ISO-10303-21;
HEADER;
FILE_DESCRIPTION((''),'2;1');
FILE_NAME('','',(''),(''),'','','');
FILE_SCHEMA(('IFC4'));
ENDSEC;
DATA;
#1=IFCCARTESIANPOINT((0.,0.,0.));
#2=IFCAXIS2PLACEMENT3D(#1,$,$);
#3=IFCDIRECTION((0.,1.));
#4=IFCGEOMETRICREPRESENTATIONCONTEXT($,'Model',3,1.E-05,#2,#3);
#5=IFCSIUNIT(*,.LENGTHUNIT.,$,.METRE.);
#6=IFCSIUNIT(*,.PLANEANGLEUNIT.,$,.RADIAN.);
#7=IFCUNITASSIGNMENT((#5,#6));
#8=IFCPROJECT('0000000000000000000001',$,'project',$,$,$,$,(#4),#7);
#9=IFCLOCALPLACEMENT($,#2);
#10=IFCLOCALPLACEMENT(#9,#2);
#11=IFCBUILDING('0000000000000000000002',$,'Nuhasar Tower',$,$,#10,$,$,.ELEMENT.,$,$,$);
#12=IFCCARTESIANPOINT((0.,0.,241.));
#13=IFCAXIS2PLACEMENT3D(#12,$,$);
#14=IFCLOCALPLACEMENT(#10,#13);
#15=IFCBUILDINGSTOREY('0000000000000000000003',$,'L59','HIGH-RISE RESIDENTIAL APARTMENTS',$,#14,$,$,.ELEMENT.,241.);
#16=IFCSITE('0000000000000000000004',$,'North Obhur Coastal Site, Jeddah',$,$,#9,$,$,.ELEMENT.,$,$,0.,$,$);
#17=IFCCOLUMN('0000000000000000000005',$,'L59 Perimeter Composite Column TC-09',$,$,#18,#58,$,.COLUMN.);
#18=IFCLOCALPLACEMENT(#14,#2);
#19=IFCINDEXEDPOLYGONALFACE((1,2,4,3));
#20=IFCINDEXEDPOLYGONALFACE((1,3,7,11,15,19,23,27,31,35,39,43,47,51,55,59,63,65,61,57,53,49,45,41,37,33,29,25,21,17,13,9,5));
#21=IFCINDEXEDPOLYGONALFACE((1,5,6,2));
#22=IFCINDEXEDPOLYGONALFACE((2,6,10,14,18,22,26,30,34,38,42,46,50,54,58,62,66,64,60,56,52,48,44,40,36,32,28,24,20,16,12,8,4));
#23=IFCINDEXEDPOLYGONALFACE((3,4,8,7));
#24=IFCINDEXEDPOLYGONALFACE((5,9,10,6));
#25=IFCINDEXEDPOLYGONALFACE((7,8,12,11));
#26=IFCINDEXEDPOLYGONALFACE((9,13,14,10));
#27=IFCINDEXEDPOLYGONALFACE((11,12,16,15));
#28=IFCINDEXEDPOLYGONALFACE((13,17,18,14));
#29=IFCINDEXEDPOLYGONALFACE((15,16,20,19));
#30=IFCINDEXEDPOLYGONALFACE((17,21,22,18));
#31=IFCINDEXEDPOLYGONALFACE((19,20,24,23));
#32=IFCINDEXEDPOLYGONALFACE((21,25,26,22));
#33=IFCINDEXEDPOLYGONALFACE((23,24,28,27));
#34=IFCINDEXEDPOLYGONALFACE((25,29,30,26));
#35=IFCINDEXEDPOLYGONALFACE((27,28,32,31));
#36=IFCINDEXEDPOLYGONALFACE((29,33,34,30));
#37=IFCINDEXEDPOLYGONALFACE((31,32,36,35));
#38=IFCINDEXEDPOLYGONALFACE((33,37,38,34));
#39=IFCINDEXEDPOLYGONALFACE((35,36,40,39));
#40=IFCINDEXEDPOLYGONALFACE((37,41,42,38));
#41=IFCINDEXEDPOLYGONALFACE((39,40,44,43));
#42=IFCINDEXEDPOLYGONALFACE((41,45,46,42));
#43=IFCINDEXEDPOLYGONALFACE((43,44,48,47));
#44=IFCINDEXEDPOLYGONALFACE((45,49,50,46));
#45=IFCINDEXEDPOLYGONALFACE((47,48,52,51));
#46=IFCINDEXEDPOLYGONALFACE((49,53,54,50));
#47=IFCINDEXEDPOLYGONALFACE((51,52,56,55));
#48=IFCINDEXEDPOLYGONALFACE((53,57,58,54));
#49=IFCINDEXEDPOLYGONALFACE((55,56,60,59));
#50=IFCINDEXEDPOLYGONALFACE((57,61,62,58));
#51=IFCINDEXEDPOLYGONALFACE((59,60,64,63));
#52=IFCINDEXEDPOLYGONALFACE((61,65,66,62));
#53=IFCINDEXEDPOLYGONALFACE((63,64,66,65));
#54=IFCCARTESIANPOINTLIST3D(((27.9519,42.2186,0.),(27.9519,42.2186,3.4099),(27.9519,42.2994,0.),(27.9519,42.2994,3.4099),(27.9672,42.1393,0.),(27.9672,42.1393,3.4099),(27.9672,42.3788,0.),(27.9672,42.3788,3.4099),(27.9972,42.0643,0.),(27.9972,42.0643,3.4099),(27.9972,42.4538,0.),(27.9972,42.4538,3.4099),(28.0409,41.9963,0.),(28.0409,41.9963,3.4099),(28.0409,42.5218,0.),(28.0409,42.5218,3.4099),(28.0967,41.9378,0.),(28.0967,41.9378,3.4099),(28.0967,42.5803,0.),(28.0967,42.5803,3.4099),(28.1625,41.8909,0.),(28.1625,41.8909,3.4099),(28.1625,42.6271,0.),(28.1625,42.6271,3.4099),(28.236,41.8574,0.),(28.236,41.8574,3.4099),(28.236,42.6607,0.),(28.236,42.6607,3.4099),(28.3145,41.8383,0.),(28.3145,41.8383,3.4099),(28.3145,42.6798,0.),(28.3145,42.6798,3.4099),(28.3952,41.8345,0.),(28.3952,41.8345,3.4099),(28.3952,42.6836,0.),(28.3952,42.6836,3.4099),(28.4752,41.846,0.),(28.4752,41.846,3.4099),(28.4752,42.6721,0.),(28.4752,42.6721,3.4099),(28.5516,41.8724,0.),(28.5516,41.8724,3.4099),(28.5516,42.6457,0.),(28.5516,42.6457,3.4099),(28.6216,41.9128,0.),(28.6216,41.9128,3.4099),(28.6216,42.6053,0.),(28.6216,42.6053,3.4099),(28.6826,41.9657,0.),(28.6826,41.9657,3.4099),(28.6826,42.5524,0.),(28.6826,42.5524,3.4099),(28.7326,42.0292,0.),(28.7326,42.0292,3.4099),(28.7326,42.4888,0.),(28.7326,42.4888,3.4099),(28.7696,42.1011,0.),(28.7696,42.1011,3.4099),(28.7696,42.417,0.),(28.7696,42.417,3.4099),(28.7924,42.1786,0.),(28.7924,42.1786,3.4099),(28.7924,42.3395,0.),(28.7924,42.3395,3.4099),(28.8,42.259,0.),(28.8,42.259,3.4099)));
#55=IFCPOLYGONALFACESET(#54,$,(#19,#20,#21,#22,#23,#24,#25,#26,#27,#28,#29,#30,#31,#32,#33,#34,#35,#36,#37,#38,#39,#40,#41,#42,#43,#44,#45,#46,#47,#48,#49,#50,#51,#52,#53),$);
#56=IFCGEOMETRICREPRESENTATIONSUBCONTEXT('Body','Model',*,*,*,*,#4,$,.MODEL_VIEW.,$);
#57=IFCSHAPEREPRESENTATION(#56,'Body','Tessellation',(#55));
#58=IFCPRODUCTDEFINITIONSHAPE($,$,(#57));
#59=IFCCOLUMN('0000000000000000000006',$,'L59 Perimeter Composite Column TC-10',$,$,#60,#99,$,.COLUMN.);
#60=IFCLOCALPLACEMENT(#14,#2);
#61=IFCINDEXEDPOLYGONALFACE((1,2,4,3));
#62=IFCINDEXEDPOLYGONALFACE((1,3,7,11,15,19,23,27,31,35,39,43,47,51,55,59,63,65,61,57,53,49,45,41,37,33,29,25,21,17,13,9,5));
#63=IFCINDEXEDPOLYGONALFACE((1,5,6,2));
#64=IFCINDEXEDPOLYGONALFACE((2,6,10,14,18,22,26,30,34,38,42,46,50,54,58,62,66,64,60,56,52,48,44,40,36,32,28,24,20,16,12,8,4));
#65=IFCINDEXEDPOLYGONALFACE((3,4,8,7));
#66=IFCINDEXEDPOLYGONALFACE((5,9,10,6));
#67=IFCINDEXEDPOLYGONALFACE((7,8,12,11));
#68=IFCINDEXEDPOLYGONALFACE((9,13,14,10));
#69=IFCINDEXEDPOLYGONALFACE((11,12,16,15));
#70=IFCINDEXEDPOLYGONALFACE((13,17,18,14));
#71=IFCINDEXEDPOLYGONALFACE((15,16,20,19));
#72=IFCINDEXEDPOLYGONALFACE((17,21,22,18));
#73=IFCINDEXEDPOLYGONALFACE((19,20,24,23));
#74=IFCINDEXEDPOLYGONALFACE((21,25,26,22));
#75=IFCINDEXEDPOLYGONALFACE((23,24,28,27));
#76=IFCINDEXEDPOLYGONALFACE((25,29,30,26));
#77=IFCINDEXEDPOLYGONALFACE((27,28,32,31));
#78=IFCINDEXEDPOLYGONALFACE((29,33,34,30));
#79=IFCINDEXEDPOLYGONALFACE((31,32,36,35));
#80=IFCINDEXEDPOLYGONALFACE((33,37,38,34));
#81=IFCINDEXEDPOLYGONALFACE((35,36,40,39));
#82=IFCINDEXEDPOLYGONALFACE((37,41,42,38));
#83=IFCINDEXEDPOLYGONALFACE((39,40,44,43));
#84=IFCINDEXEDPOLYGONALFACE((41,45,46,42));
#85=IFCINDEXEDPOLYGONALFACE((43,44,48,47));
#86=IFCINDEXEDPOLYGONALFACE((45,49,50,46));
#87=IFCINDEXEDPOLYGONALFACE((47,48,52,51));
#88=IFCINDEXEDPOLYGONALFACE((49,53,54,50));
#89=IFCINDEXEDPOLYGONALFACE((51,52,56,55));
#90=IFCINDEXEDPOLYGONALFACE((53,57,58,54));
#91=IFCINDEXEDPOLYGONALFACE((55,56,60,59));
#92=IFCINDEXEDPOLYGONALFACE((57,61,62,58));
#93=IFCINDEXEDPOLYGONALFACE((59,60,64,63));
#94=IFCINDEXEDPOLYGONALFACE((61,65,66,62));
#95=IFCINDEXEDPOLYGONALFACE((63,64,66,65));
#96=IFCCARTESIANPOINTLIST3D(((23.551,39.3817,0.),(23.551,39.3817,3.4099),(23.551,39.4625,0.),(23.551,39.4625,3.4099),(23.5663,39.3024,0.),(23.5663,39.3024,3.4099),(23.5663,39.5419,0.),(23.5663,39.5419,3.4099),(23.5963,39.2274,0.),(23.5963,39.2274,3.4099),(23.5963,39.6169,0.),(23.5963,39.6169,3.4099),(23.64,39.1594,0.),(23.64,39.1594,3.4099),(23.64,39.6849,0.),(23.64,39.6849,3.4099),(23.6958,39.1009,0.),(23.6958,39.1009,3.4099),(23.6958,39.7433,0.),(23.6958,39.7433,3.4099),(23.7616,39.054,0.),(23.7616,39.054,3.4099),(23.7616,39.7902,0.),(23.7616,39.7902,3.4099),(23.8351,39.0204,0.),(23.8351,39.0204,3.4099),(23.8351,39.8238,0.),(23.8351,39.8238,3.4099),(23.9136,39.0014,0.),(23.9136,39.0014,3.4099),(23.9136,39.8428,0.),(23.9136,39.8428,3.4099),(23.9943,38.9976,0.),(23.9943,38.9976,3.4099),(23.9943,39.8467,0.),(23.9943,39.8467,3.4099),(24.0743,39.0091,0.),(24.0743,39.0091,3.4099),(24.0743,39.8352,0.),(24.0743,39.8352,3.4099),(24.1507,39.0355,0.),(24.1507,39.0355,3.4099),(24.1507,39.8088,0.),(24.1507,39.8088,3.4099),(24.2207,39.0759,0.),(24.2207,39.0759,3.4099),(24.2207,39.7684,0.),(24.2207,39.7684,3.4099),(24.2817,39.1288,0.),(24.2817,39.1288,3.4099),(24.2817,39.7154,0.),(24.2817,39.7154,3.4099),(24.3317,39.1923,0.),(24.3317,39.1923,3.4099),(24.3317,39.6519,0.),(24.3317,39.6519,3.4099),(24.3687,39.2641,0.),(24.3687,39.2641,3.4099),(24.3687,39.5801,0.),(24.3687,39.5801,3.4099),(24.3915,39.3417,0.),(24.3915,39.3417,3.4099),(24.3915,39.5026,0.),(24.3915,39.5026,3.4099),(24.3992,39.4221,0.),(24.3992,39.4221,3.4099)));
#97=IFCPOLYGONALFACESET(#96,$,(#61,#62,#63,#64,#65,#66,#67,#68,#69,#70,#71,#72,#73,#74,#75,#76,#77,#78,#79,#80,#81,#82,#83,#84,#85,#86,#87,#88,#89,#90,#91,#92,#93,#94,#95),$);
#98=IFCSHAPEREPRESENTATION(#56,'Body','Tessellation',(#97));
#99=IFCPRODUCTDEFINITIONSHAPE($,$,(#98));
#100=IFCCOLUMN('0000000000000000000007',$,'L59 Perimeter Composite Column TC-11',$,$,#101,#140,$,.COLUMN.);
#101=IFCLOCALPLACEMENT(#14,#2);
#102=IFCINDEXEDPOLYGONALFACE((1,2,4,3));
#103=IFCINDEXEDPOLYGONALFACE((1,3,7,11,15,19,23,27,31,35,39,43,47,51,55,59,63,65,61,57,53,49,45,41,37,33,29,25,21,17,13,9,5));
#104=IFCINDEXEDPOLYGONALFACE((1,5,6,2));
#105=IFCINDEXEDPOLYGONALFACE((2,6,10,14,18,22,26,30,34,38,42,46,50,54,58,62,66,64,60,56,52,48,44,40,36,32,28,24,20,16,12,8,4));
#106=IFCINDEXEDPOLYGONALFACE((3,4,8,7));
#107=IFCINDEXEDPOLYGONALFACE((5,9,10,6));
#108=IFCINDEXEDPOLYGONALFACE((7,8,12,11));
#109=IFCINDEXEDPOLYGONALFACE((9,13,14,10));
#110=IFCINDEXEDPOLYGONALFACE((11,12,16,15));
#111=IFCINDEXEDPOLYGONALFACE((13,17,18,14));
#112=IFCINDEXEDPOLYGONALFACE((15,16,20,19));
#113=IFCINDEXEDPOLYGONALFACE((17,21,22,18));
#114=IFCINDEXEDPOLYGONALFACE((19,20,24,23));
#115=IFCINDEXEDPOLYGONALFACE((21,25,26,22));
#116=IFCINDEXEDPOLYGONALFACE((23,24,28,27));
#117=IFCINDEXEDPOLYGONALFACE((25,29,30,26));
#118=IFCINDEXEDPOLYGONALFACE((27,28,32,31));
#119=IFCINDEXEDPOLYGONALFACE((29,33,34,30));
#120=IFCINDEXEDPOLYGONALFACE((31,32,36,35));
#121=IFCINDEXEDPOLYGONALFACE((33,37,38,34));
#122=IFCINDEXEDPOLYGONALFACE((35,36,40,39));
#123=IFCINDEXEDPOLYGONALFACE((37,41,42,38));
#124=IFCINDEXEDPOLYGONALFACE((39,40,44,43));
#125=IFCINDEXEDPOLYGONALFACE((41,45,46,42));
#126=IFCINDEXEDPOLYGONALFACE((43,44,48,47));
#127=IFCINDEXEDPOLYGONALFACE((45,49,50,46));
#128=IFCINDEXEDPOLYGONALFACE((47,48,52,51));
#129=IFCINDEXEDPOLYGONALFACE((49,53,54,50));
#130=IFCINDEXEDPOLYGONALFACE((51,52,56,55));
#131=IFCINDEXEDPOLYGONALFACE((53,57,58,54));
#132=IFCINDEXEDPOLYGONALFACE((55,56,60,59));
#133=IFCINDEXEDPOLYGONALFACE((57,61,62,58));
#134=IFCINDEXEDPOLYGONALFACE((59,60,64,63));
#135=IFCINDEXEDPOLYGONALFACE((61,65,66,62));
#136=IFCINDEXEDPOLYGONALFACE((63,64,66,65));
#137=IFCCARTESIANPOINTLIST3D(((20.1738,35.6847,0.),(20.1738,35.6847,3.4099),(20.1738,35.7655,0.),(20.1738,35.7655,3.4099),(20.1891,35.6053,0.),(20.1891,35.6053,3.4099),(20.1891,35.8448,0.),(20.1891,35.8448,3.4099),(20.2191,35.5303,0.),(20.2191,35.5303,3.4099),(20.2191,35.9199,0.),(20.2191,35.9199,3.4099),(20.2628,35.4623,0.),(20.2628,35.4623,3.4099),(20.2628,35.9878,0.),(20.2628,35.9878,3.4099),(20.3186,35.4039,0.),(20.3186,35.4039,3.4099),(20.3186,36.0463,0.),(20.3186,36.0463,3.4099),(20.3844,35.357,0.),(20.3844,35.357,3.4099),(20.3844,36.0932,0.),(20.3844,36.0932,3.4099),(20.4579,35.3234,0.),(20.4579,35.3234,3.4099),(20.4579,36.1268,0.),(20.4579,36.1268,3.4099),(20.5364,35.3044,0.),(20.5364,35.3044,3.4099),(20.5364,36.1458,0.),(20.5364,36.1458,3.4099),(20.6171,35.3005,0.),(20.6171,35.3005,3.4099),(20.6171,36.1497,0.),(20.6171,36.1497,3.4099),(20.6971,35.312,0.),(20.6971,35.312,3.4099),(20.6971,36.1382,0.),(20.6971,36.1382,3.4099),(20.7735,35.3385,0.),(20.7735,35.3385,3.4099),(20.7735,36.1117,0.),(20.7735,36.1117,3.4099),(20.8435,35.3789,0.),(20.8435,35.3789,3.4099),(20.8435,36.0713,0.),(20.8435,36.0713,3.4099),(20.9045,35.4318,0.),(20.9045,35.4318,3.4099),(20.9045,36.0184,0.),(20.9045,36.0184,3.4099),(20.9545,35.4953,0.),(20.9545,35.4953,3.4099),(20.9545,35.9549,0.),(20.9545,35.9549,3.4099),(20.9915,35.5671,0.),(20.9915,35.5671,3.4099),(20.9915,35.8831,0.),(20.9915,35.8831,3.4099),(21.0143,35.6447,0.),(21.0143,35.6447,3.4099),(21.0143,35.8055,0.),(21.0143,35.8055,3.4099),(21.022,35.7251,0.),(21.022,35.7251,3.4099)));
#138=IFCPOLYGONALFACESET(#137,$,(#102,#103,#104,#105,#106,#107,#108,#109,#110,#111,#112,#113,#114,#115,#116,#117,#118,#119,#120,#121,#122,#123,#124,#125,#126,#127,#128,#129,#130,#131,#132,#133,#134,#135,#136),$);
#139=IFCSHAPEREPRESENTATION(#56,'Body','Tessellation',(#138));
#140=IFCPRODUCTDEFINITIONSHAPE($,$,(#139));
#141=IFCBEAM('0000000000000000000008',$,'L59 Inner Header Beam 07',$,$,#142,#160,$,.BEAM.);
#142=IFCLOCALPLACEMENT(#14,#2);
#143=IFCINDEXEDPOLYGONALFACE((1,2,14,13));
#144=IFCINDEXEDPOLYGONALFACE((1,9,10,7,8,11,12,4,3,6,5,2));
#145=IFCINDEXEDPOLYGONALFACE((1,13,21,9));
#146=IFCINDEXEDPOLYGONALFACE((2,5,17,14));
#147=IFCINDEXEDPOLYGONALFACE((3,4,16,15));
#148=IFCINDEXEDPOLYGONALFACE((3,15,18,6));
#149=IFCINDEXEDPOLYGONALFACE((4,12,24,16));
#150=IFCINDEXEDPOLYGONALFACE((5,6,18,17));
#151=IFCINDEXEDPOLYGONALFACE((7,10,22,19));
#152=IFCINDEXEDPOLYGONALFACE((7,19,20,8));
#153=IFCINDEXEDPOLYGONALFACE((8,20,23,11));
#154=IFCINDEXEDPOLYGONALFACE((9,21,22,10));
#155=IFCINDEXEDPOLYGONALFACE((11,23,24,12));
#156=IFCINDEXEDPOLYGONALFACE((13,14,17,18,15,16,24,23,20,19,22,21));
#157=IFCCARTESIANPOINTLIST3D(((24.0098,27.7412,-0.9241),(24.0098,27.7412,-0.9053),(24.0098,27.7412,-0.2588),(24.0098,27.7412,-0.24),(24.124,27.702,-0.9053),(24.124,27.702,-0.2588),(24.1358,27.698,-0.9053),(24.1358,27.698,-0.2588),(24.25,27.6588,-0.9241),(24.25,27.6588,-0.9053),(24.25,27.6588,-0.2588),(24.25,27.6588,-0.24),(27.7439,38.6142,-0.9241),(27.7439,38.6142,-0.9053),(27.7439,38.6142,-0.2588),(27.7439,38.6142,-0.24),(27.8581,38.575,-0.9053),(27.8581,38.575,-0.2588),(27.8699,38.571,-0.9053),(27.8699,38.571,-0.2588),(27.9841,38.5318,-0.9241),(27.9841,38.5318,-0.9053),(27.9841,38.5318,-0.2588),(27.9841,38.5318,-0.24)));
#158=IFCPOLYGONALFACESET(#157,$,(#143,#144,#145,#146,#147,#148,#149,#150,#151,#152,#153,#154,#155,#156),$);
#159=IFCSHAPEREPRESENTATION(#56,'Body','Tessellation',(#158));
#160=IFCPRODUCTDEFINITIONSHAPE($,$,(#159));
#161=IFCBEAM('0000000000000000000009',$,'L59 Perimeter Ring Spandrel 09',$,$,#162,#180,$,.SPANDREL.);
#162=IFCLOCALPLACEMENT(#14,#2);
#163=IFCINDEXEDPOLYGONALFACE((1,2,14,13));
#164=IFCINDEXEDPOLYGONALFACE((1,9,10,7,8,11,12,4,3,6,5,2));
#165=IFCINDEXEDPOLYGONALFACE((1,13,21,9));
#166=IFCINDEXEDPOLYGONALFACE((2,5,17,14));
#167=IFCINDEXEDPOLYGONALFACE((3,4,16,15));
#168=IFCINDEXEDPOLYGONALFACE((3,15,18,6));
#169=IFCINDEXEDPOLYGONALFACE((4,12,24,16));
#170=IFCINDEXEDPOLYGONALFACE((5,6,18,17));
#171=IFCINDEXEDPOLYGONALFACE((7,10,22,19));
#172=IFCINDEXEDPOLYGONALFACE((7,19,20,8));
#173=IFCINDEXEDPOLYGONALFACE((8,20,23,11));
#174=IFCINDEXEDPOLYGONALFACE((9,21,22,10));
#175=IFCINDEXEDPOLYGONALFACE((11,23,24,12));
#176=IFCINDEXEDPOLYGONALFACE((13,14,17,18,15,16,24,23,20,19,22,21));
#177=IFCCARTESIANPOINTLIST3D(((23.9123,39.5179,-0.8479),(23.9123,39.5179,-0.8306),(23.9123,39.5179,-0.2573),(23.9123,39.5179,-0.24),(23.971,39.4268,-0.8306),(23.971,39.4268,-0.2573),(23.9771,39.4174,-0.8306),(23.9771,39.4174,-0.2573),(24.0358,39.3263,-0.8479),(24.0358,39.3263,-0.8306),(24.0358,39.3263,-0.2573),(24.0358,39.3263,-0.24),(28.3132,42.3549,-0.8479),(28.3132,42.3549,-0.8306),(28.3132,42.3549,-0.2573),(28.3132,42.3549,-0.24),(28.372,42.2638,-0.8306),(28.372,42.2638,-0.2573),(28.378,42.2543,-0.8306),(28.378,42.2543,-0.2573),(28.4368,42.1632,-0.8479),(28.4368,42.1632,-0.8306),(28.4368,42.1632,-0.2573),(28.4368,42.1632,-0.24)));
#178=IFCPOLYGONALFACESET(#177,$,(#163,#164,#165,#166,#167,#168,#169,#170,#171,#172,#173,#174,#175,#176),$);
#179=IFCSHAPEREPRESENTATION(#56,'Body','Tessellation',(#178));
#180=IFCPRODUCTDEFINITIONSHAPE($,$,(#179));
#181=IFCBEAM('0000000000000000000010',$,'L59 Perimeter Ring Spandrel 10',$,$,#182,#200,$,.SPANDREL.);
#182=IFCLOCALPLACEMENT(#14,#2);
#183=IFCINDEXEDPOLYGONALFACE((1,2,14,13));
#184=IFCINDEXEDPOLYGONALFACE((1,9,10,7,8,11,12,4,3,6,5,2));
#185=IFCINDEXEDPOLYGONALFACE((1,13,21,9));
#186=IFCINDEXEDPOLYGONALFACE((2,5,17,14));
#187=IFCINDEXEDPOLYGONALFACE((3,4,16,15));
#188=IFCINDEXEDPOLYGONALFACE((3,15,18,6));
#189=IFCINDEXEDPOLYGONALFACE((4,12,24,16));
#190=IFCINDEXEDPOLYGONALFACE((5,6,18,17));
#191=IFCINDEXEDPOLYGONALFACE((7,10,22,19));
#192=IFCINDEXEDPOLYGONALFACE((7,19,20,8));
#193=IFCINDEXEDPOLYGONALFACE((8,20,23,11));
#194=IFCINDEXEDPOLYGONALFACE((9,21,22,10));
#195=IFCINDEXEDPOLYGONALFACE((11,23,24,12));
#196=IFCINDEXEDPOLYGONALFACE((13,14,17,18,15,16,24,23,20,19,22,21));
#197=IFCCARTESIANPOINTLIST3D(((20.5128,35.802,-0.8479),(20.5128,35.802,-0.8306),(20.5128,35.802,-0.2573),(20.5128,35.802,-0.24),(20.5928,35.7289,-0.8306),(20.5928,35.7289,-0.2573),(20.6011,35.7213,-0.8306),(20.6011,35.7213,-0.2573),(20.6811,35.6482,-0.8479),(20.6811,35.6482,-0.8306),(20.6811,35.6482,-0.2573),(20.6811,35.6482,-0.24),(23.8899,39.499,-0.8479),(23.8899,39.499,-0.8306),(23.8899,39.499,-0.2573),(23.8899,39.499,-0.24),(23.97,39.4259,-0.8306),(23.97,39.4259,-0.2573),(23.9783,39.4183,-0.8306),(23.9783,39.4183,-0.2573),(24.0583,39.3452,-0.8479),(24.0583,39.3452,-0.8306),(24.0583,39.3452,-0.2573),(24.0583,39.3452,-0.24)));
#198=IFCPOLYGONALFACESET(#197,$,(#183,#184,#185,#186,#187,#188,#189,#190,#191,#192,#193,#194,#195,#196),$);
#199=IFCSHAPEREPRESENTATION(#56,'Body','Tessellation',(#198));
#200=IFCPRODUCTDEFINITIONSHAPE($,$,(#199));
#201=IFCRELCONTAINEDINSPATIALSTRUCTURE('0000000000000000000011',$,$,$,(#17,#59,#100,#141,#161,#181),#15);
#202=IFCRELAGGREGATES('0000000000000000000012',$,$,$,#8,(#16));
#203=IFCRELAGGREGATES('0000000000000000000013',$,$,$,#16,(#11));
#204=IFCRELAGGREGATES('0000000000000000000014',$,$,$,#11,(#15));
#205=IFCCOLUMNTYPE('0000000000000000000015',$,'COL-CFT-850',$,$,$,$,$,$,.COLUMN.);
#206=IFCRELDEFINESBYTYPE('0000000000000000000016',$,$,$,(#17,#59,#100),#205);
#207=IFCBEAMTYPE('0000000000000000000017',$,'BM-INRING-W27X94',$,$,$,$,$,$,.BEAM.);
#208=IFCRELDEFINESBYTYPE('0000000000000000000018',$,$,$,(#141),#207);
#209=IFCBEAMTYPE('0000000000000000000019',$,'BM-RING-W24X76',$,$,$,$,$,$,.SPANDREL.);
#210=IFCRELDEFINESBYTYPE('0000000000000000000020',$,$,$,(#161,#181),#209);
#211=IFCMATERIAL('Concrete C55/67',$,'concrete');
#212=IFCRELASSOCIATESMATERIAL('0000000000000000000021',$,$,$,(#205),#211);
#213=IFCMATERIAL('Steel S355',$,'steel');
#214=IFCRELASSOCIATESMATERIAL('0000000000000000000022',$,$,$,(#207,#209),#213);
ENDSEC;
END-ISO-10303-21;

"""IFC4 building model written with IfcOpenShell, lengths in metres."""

from ifc_helpers import new_model, si_unit, direction, frame, origin, origin_2d, place, context, subcontext, project, spatial, circle, i_section, extrude, material, material_profile, profile_set, type_object, element, save


model = new_model("IFC4")

# Units and contexts
model_context = context("Model", 3, precision=1e-05, world=origin(), true_north=direction((0.0, 1.0)))
body_context = subcontext(model_context, "Body", "Model", "MODEL_VIEW")
ifc_project = project(units=[si_unit("LENGTHUNIT", "METRE"), si_unit("PLANEANGLEUNIT", "RADIAN")], contexts=[model_context])

# Site, building, storey
site_placement = place(None, origin())
site = spatial("IfcSite", under=ifc_project, at=site_placement, Name="North Obhur Coastal Site, Jeddah", CompositionType="ELEMENT", RefElevation=0.0)
building_placement = place(site_placement, origin())
building = spatial("IfcBuilding", under=site, at=building_placement, Name="Nuhasar Tower", CompositionType="ELEMENT")
storey_placement = place(building_placement, frame((0.0, 0.0, 241.0)))
storey = spatial("IfcBuildingStorey", under=building, at=storey_placement, Name="L59", Description="HIGH-RISE RESIDENTIAL APARTMENTS", CompositionType="ELEMENT", Elevation=241.0)

# Columns
ifc_material_1 = material(Name="Concrete C55/67", Category="concrete")
ifc_material_profile_1 = material_profile(ifc_material_1, circle(Radius=0.425, at=origin_2d()), Name="CFT850")
ifc_profile_set_1 = profile_set([ifc_material_profile_1], Name="Concrete C55/67")
column_type = type_object("IfcColumnType", Name="COL-CFT-850", PredefinedType="COLUMN", material=ifc_profile_set_1)
for number, where, z_axis, x_axis, name in (
    (1, (28.375, 42.259, 0.0), (0.0, 0.0, 1.0), (1.0, 0.0, 0.0), "L59 Perimeter Composite Column TC-09"),
    (2, (23.9741, 39.4221, 0.0), (0.0, 0.0, 1.0), (1.0, 0.0, 0.0), "L59 Perimeter Composite Column TC-10"),
    (3, (20.5969, 35.7251, 0.0), (0.0, 0.0, 1.0), (1.0, 0.0, 0.0), "L59 Perimeter Composite Column TC-11"),
):
    element("IfcColumn", number, at=place(storey_placement, frame(where, z_axis=z_axis, x_axis=x_axis)), inside=storey, type_object=column_type, Name=name, PredefinedType="COLUMN", context=body_context, shape_type="SweptSolid", body=[
        extrude(circle(Radius=0.425, at=origin_2d()), origin(), (0.0, 0.0, 1.0), 3.4099),
    ])

# Beams
ifc_material_2 = material(Name="Steel S355", Category="steel")
ifc_material_profile_2 = material_profile(ifc_material_2, i_section(OverallWidth=0.2539, OverallDepth=0.6841, WebThickness=0.0125, FlangeThickness=0.0188, at=origin_2d()), Name="W27X94")
ifc_profile_set_2 = profile_set([ifc_material_profile_2], Name="Steel S355")
beam_type_1 = type_object("IfcBeamType", Name="BM-INRING-W27X94", PredefinedType="BEAM", material=ifc_profile_set_2)
beam_1_placement = place(storey_placement, frame((27.864, 38.573, -0.582), z_axis=(-0.324809, -0.94578, 0.0), x_axis=(0.94578, -0.324809, 0.0)))
element("IfcBeam", 4, at=beam_1_placement, inside=storey, type_object=beam_type_1, Name="L59 Inner Header Beam 07", PredefinedType="BEAM", context=body_context, shape_type="SweptSolid", body=[
    extrude(i_section(OverallWidth=0.2539, OverallDepth=0.6841, WebThickness=0.0125, FlangeThickness=0.0188, at=origin_2d()), origin(), (0.0, 0.0, 1.0), 11.4963),
])
ifc_material_profile_3 = material_profile(ifc_material_2, i_section(OverallWidth=0.228, OverallDepth=0.6079, WebThickness=0.0112, FlangeThickness=0.0173, at=origin_2d()), Name="W24X76")
ifc_profile_set_3 = profile_set([ifc_material_profile_3], Name="Steel S355")
beam_type_2 = type_object("IfcBeamType", Name="BM-RING-W24X76", PredefinedType="SPANDREL", material=ifc_profile_set_3)
beam_2_placement = place(storey_placement, frame((28.375, 42.259, -0.5439), z_axis=(-0.840502, -0.541808, 0.0), x_axis=(0.541808, -0.840502, 0.0)))
element("IfcBeam", 5, at=beam_2_placement, inside=storey, type_object=beam_type_2, Name="L59 Perimeter Ring Spandrel 09", PredefinedType="SPANDREL", context=body_context, shape_type="SweptSolid", body=[
    extrude(i_section(OverallWidth=0.228, OverallDepth=0.6079, WebThickness=0.0112, FlangeThickness=0.0173, at=origin_2d()), origin(), (0.0, 0.0, 1.0), 5.2361),
])
beam_3_placement = place(storey_placement, frame((23.9741, 39.4221, -0.5439), z_axis=(-0.67445, -0.738321, 0.0), x_axis=(0.738321, -0.67445, 0.0)))
element("IfcBeam", 6, at=beam_3_placement, inside=storey, type_object=beam_type_2, Name="L59 Perimeter Ring Spandrel 10", PredefinedType="SPANDREL", context=body_context, shape_type="SweptSolid", body=[
    extrude(i_section(OverallWidth=0.228, OverallDepth=0.6079, WebThickness=0.0112, FlangeThickness=0.0173, at=origin_2d()), origin(), (0.0, 0.0, 1.0), 5.0073),
])

save(model, "model.ifc")
